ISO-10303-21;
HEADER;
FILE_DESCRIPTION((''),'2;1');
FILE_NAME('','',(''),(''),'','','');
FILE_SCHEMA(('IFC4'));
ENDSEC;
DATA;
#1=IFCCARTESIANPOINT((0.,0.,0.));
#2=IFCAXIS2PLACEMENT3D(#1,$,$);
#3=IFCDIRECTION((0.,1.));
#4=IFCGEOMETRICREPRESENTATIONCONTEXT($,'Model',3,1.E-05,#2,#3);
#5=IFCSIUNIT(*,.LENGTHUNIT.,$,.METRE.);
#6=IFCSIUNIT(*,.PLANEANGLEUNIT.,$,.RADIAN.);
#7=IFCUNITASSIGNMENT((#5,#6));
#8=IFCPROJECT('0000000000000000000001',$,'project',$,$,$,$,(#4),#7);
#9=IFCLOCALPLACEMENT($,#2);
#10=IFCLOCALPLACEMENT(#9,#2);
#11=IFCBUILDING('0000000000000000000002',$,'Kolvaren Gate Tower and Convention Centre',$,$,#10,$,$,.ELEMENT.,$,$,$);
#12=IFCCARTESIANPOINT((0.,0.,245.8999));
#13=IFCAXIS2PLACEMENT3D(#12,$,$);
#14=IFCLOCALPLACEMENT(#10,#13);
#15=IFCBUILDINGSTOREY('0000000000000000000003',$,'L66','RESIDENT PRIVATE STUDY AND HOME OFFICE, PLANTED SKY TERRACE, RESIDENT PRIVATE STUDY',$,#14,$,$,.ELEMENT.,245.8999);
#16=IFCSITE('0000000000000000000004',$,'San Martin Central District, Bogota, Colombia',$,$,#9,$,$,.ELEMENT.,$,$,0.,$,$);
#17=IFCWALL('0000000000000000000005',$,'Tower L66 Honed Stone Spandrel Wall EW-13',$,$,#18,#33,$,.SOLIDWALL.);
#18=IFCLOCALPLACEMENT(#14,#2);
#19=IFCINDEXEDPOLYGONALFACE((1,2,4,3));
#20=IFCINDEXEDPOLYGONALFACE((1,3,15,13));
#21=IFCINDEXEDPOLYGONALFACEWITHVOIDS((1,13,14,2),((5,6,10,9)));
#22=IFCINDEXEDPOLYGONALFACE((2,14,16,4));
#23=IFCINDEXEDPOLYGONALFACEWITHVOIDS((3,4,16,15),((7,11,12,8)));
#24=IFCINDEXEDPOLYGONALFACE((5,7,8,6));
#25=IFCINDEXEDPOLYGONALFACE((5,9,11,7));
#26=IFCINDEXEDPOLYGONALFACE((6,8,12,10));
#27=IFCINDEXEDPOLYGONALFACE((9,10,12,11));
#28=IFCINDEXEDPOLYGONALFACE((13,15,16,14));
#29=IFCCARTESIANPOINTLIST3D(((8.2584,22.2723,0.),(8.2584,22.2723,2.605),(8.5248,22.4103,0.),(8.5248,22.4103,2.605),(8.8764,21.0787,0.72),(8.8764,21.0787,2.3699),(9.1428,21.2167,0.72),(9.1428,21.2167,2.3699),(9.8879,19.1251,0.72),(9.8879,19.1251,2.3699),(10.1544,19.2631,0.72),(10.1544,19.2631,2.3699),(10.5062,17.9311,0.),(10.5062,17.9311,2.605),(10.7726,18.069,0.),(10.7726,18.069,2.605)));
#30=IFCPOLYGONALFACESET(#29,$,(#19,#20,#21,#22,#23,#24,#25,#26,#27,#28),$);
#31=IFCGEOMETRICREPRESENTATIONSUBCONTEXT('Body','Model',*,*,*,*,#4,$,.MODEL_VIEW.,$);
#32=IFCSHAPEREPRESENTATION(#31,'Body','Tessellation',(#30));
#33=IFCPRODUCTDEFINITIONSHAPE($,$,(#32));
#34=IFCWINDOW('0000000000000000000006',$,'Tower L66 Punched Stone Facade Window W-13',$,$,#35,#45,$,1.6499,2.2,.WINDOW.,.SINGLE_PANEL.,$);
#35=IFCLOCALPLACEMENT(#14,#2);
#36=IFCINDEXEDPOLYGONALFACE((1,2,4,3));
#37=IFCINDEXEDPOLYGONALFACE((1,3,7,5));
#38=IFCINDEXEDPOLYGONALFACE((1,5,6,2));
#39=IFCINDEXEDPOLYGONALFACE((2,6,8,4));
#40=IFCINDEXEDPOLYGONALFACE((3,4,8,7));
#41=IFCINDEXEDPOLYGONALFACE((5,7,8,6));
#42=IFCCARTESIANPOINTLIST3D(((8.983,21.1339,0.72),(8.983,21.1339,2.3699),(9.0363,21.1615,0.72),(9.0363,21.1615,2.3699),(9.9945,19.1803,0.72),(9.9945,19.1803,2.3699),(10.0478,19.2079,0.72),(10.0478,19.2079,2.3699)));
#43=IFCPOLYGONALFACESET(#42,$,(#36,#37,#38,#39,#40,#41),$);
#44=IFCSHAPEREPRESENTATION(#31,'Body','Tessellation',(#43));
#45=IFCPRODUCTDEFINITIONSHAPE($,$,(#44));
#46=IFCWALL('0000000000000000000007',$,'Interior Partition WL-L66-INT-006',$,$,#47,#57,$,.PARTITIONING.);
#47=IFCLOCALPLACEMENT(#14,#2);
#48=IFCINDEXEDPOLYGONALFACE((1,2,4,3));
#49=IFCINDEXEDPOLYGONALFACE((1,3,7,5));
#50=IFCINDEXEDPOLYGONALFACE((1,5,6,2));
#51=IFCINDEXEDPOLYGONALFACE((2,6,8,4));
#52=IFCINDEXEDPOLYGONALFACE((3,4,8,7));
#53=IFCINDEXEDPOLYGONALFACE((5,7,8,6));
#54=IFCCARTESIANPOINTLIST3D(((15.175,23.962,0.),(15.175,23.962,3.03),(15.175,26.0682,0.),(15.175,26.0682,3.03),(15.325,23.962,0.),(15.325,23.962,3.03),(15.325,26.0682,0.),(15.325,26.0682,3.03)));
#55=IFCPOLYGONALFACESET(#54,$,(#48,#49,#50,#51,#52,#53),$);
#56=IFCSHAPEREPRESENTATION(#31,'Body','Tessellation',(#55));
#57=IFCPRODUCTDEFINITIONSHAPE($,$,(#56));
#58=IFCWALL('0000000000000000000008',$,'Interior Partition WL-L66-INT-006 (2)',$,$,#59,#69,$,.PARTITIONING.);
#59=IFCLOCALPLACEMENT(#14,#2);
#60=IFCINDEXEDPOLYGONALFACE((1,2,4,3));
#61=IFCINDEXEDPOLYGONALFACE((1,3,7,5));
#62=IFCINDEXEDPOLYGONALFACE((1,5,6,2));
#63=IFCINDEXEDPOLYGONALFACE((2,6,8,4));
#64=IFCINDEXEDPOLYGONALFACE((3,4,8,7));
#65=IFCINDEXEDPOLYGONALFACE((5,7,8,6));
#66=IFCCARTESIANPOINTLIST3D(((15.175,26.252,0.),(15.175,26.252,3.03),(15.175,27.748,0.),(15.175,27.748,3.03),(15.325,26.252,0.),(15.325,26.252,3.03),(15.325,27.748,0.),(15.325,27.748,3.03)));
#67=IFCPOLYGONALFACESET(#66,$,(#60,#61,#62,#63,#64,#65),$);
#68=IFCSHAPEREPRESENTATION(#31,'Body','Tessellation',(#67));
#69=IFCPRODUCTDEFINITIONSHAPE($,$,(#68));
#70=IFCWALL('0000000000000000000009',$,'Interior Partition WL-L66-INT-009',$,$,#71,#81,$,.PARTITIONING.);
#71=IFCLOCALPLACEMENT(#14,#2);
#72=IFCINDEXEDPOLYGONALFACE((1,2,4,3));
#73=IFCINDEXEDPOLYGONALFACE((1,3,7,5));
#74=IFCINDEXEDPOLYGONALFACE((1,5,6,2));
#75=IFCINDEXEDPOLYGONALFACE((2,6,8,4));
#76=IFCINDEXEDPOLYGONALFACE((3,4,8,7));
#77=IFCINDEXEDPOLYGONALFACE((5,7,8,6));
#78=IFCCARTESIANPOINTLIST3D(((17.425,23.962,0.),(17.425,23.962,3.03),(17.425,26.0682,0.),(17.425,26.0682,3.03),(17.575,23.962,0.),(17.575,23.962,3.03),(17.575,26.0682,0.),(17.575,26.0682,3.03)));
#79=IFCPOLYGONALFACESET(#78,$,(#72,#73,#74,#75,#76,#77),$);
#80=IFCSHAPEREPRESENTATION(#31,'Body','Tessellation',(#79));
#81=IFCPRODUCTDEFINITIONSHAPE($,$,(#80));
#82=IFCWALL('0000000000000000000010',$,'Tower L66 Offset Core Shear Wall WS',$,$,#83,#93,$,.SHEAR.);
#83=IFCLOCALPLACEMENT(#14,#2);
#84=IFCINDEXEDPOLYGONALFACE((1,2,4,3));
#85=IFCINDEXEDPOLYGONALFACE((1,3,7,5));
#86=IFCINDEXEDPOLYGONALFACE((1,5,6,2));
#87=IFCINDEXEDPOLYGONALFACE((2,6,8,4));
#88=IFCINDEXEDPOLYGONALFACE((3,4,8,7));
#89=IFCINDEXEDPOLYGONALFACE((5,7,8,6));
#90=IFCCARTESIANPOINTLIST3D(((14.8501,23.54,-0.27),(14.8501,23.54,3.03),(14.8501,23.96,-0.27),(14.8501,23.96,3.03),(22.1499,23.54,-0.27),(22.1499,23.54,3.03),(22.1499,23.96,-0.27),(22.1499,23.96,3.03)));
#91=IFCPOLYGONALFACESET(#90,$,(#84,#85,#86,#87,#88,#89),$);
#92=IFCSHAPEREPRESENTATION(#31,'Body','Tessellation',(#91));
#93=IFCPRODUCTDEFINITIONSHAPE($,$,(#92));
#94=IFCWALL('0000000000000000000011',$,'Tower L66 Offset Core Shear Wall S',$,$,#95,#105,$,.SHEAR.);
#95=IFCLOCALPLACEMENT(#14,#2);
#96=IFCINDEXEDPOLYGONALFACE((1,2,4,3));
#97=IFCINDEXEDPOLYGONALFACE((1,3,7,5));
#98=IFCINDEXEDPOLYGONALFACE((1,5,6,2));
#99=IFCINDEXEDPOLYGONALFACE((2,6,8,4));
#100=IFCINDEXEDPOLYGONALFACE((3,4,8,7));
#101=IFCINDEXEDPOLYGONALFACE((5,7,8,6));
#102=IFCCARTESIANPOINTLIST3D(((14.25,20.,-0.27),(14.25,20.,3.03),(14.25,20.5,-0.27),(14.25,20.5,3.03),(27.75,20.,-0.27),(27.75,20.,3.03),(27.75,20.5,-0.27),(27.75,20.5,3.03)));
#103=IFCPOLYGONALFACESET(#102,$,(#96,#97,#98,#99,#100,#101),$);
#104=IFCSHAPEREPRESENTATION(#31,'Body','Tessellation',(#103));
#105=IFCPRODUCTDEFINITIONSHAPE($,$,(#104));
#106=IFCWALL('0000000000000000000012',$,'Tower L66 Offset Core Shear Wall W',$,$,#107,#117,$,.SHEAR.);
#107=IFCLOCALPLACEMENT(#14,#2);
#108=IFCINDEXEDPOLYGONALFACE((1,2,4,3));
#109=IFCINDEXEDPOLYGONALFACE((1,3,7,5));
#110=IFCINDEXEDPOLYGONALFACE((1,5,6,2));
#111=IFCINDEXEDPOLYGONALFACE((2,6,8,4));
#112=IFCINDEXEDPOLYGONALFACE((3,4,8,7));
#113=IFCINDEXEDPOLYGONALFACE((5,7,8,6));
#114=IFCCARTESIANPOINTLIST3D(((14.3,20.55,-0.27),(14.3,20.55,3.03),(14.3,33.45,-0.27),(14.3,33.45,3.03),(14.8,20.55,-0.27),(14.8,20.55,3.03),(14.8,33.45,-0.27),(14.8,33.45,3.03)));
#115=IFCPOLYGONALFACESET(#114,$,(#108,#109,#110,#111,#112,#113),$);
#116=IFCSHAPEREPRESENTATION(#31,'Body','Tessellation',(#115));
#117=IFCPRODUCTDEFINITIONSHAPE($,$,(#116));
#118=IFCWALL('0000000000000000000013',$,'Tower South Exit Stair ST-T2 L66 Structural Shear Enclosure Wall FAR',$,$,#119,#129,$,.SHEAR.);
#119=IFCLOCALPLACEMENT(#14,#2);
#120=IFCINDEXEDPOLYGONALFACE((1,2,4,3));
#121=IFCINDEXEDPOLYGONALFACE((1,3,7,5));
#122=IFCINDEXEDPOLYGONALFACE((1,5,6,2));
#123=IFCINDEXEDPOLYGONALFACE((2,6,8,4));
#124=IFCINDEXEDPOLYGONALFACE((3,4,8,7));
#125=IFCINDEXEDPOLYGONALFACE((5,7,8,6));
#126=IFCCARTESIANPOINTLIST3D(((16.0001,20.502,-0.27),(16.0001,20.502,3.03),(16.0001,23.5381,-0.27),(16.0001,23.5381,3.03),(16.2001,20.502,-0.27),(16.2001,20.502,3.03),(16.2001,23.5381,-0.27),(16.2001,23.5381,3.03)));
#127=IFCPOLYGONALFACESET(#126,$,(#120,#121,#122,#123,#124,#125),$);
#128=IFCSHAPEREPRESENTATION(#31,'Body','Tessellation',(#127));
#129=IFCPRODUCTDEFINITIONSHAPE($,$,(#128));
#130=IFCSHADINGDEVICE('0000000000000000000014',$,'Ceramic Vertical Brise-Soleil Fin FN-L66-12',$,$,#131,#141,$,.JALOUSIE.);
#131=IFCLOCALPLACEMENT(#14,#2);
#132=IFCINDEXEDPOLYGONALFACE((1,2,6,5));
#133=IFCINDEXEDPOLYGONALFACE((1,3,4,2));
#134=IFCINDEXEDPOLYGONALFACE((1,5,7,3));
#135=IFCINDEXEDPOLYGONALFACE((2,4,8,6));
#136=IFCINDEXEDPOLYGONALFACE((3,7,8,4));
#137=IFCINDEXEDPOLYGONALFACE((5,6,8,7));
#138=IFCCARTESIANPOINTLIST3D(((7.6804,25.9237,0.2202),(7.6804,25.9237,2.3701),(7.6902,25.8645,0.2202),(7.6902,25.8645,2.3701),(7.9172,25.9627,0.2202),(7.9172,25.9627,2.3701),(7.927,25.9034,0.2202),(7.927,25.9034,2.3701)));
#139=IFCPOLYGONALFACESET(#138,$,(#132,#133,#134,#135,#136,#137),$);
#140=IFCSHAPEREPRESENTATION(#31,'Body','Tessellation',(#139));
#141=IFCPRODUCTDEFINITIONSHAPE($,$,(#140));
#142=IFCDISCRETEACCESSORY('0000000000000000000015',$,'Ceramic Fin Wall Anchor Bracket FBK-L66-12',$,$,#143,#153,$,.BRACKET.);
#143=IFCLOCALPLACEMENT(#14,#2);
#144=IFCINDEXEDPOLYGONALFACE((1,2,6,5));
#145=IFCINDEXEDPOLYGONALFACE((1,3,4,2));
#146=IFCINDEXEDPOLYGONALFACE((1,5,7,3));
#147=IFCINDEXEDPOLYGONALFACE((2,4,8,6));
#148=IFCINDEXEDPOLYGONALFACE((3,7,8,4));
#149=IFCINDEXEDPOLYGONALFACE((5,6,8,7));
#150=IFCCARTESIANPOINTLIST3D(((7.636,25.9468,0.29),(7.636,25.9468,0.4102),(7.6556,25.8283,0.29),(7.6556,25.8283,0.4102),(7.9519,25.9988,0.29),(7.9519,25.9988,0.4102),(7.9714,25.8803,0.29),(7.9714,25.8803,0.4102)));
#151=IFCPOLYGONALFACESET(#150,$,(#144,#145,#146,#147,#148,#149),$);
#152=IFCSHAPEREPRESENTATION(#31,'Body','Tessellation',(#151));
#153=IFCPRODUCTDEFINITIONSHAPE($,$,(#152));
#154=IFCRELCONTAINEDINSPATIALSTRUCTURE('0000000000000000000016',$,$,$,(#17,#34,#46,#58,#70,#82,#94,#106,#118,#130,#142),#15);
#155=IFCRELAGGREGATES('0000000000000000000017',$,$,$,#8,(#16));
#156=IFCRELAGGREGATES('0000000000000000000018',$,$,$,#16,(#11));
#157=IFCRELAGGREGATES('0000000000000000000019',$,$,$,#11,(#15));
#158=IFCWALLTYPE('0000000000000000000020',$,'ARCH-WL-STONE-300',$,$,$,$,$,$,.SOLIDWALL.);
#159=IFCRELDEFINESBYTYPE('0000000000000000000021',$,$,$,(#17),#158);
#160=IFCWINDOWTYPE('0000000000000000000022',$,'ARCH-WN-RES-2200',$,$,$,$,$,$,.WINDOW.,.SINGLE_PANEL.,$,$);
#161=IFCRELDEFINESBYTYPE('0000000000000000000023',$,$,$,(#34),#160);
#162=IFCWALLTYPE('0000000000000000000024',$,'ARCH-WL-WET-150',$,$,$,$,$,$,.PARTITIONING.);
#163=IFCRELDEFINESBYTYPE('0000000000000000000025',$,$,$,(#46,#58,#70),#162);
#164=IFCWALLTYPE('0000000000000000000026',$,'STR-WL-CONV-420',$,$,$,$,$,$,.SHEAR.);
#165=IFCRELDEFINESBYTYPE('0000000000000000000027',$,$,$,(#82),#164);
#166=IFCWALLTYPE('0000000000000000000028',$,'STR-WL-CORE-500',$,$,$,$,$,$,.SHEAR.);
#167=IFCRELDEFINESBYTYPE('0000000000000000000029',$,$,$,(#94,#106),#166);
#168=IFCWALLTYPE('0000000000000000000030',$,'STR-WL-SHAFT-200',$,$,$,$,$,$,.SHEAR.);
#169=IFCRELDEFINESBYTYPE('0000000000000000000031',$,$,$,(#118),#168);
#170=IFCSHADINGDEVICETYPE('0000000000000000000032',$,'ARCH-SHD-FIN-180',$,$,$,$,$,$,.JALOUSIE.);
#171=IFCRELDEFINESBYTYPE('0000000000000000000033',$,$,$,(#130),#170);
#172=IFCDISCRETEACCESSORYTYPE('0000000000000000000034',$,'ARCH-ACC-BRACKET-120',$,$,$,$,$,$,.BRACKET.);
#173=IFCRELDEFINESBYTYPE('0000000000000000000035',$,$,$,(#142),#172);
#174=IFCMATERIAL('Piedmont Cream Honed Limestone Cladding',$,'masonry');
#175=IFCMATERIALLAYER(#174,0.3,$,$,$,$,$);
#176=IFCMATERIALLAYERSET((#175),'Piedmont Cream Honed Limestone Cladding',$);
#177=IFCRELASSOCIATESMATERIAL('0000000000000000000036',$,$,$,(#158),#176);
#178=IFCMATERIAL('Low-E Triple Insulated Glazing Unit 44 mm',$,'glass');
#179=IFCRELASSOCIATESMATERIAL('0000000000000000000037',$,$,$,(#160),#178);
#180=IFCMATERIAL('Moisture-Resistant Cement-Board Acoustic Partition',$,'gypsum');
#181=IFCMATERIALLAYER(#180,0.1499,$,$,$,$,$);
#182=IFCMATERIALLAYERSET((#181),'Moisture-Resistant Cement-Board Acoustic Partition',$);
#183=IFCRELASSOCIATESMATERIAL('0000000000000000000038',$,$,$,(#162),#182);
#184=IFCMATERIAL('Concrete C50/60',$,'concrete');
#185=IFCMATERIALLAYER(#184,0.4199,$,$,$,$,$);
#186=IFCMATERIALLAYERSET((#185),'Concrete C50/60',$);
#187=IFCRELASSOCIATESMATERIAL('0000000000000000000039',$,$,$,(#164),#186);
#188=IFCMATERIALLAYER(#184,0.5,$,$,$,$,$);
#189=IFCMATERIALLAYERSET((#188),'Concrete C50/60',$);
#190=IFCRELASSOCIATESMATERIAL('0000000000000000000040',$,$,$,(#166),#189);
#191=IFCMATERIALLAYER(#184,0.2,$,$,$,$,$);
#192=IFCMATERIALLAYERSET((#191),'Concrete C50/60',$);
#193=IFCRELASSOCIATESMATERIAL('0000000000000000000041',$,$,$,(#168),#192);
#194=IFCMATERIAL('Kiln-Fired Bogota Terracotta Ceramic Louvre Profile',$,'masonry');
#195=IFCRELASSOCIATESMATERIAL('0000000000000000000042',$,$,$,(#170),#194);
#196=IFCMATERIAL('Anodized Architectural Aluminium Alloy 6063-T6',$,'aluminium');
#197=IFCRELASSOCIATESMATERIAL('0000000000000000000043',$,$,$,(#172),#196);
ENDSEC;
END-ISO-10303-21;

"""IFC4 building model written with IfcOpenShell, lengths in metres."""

from ifc_helpers import new_model, si_unit, direction, frame, frame_2d, origin, origin_2d, place, context, subcontext, project, spatial, rectangle, extrude, material, layer, layer_set, type_object, element, fill, save


model = new_model("IFC4")

# Units and contexts
model_context = context("Model", 3, precision=1e-05, world=origin(), true_north=direction((0.0, 1.0)))
body_context = subcontext(model_context, "Body", "Model", "MODEL_VIEW")
ifc_project = project(units=[si_unit("LENGTHUNIT", "METRE"), si_unit("PLANEANGLEUNIT", "RADIAN")], contexts=[model_context])

# Site, building, storey
site_placement = place(None, origin())
site = spatial("IfcSite", under=ifc_project, at=site_placement, Name="San Martin Central District, Bogota, Colombia", CompositionType="ELEMENT", RefElevation=0.0)
building_placement = place(site_placement, origin())
building = spatial("IfcBuilding", under=site, at=building_placement, Name="Kolvaren Gate Tower and Convention Centre", CompositionType="ELEMENT")
storey_placement = place(building_placement, frame((0.0, 0.0, 245.8999)))
storey = spatial("IfcBuildingStorey", under=building, at=storey_placement, Name="L66", Description="RESIDENT PRIVATE STUDY AND HOME OFFICE, PLANTED SKY TERRACE, RESIDENT PRIVATE STUDY", CompositionType="ELEMENT", Elevation=245.8999)

# Shared definitions
ifc_material_1 = material(Name="Piedmont Cream Honed Limestone Cladding", Category="masonry")

# Wall, opening, window
ifc_layer_1 = layer(ifc_material_1, 0.3)
ifc_layer_set_1 = layer_set([ifc_layer_1], Name="Piedmont Cream Honed Limestone Cladding")
wall_type_1 = type_object("IfcWallType", Name="ARCH-WL-STONE-300", PredefinedType="SOLIDWALL", material=ifc_layer_set_1)
ifc_material_2 = material(Name="Low-E Triple Insulated Glazing Unit 44 mm", Category="glass")
window_type = type_object("IfcWindowType", Name="ARCH-WN-RES-2200", PartitioningType="SINGLE_PANEL", PredefinedType="WINDOW", material=ifc_material_2)
wall_1_placement = place(storey_placement, frame((8.3916, 22.3413, 0.0), z_axis=(0.0, 0.0, 1.0), x_axis=(0.459794, -0.888026, 0.0)))
wall_1 = element("IfcWall", 1, at=wall_1_placement, inside=storey, type_object=wall_type_1, Name="Tower L66 Honed Stone Spandrel Wall EW-13", PredefinedType="SOLIDWALL", context=body_context, shape_type="SweptSolid", body=[
    extrude(rectangle(XDim=4.8887, YDim=0.3, at=frame_2d((2.4443, 0.0))), origin(), (0.0, 0.0, 1.0), 2.605),
])
opening_1_placement = place(wall_1_placement, frame((1.344, 0.0, 0.72)))
opening_1 = element("IfcOpeningElement", 2, at=opening_1_placement, cuts=wall_1, PredefinedType="OPENING", context=body_context, shape_type="SweptSolid", body=[
    extrude(rectangle(XDim=2.2, YDim=1.6499, at=frame_2d((1.1001, 0.825))), frame((0.0, 0.1599, 0.0), z_axis=(0.0, -1.0, 0.0), x_axis=(1.0, 0.0, 0.0)), (0.0, 0.0, 1.0), 0.3201),
])
window_1_placement = place(opening_1_placement, origin())
window_1 = element("IfcWindow", 3, at=window_1_placement, inside=storey, type_object=window_type, Name="Tower L66 Punched Stone Facade Window W-13", OverallHeight=1.6499, OverallWidth=2.2, PartitioningType="SINGLE_PANEL", PredefinedType="WINDOW", context=body_context, shape_type="SweptSolid", body=[
    extrude(rectangle(XDim=2.2, YDim=1.6499, at=frame_2d((1.1001, 0.825))), frame((0.0, 0.03, 0.0), z_axis=(0.0, -1.0, 0.0), x_axis=(1.0, 0.0, 0.0)), (0.0, 0.0, 1.0), 0.0601),
])
fill(opening_1, window_1)

# Walls
ifc_material_3 = material(Name="Moisture-Resistant Cement-Board Acoustic Partition", Category="gypsum")
ifc_layer_2 = layer(ifc_material_3, 0.1499)
ifc_layer_set_2 = layer_set([ifc_layer_2], Name="Moisture-Resistant Cement-Board Acoustic Partition")
wall_type_2 = type_object("IfcWallType", Name="ARCH-WL-WET-150", PredefinedType="PARTITIONING", material=ifc_layer_set_2)
wall_2_placement = place(storey_placement, frame((15.25, 23.9619, 0.0), z_axis=(0.0, 0.0, 1.0), x_axis=(0.0, 1.0, 0.0)))
element("IfcWall", 4, at=wall_2_placement, inside=storey, type_object=wall_type_2, Name="Interior Partition WL-L66-INT-006", PredefinedType="PARTITIONING", context=body_context, shape_type="SweptSolid", body=[
    extrude(rectangle(XDim=2.1062, YDim=0.1499, at=frame_2d((1.0532, 0.0))), origin(), (0.0, 0.0, 1.0), 3.03),
])
wall_3_placement = place(storey_placement, frame((15.25, 26.252, 0.0), z_axis=(0.0, 0.0, 1.0), x_axis=(0.0, 1.0, 0.0)))
element("IfcWall", 5, at=wall_3_placement, inside=storey, type_object=wall_type_2, Name="Interior Partition WL-L66-INT-006 (2)", PredefinedType="PARTITIONING", context=body_context, shape_type="SweptSolid", body=[
    extrude(rectangle(XDim=1.4961, YDim=0.1499, at=frame_2d((0.748, 0.0))), origin(), (0.0, 0.0, 1.0), 3.03),
])
wall_4_placement = place(storey_placement, frame((17.5, 23.9619, 0.0), z_axis=(0.0, 0.0, 1.0), x_axis=(0.0, 1.0, 0.0)))
element("IfcWall", 6, at=wall_4_placement, inside=storey, type_object=wall_type_2, Name="Interior Partition WL-L66-INT-009", PredefinedType="PARTITIONING", context=body_context, shape_type="SweptSolid", body=[
    extrude(rectangle(XDim=2.1062, YDim=0.1499, at=frame_2d((1.0532, 0.0))), origin(), (0.0, 0.0, 1.0), 3.03),
])
ifc_material_4 = material(Name="Concrete C50/60", Category="concrete")
ifc_layer_3 = layer(ifc_material_4, 0.4199)
ifc_layer_set_3 = layer_set([ifc_layer_3], Name="Concrete C50/60")
wall_type_3 = type_object("IfcWallType", Name="STR-WL-CONV-420", PredefinedType="SHEAR", material=ifc_layer_set_3)
wall_5_placement = place(storey_placement, frame((14.8501, 23.75, -0.27), z_axis=(0.0, 0.0, 1.0), x_axis=(1.0, 0.0, 0.0)))
element("IfcWall", 7, at=wall_5_placement, inside=storey, type_object=wall_type_3, Name="Tower L66 Offset Core Shear Wall WS", PredefinedType="SHEAR", context=body_context, shape_type="SweptSolid", body=[
    extrude(rectangle(XDim=7.2998, YDim=0.4199, at=frame_2d((3.6499, 0.0))), origin(), (0.0, 0.0, 1.0), 3.3),
])
ifc_layer_4 = layer(ifc_material_4, 0.5)
ifc_layer_set_4 = layer_set([ifc_layer_4], Name="Concrete C50/60")
wall_type_4 = type_object("IfcWallType", Name="STR-WL-CORE-500", PredefinedType="SHEAR", material=ifc_layer_set_4)
wall_6_placement = place(storey_placement, frame((14.25, 20.25, -0.27), z_axis=(0.0, 0.0, 1.0), x_axis=(1.0, 0.0, 0.0)))
element("IfcWall", 8, at=wall_6_placement, inside=storey, type_object=wall_type_4, Name="Tower L66 Offset Core Shear Wall S", PredefinedType="SHEAR", context=body_context, shape_type="SweptSolid", body=[
    extrude(rectangle(XDim=13.5, YDim=0.5, at=frame_2d((6.75, 0.0))), origin(), (0.0, 0.0, 1.0), 3.3),
])
wall_7_placement = place(storey_placement, frame((14.55, 20.55, -0.27), z_axis=(0.0, 0.0, 1.0), x_axis=(0.0, 1.0, 0.0)))
element("IfcWall", 9, at=wall_7_placement, inside=storey, type_object=wall_type_4, Name="Tower L66 Offset Core Shear Wall W", PredefinedType="SHEAR", context=body_context, shape_type="SweptSolid", body=[
    extrude(rectangle(XDim=12.8999, YDim=0.5, at=frame_2d((6.45, 0.0))), origin(), (0.0, 0.0, 1.0), 3.3),
])
ifc_layer_5 = layer(ifc_material_4, 0.2)
ifc_layer_set_5 = layer_set([ifc_layer_5], Name="Concrete C50/60")
wall_type_5 = type_object("IfcWallType", Name="STR-WL-SHAFT-200", PredefinedType="SHEAR", material=ifc_layer_set_5)
wall_8_placement = place(storey_placement, frame((16.1001, 20.502, -0.27), z_axis=(0.0, 0.0, 1.0), x_axis=(0.0, 1.0, 0.0)))
element("IfcWall", 10, at=wall_8_placement, inside=storey, type_object=wall_type_5, Name="Tower South Exit Stair ST-T2 L66 Structural Shear Enclosure Wall FAR", PredefinedType="SHEAR", context=body_context, shape_type="SweptSolid", body=[
    extrude(rectangle(XDim=3.0361, YDim=0.2, at=frame_2d((1.5181, 0.0))), origin(), (0.0, 0.0, 1.0), 3.3),
])

# Shading device
ifc_material_5 = material(Name="Kiln-Fired Bogota Terracotta Ceramic Louvre Profile", Category="masonry")
shading_device_type = type_object("IfcShadingDeviceType", Name="ARCH-SHD-FIN-180", PredefinedType="JALOUSIE", material=ifc_material_5)
shading_device_placement = place(storey_placement, frame((7.8037, 25.9136, 0.2202), z_axis=(0.0, 0.0, 1.0), x_axis=(0.162389, -0.986727, 0.0)))
element("IfcShadingDevice", 11, at=shading_device_placement, inside=storey, type_object=shading_device_type, Name="Ceramic Vertical Brise-Soleil Fin FN-L66-12", PredefinedType="JALOUSIE", context=body_context, shape_type="SweptSolid", body=[
    extrude(rectangle(XDim=0.0601, YDim=0.24, at=origin_2d()), origin(), (0.0, 0.0, 1.0), 2.1499),
])

# Discrete accessory
ifc_material_6 = material(Name="Anodized Architectural Aluminium Alloy 6063-T6", Category="aluminium")
discrete_accessory_type = type_object("IfcDiscreteAccessoryType", Name="ARCH-ACC-BRACKET-120", PredefinedType="BRACKET", material=ifc_material_6)
discrete_accessory_placement = place(storey_placement, frame((7.8037, 25.9136, 0.29), z_axis=(0.0, 0.0, 1.0), x_axis=(0.162389, -0.986727, 0.0)))
element("IfcDiscreteAccessory", 12, at=discrete_accessory_placement, inside=storey, type_object=discrete_accessory_type, Name="Ceramic Fin Wall Anchor Bracket FBK-L66-12", PredefinedType="BRACKET", context=body_context, shape_type="SweptSolid", body=[
    extrude(rectangle(XDim=0.1201, YDim=0.3201, at=origin_2d()), origin(), (0.0, 0.0, 1.0), 0.1201),
])

save(model, "model.ifc")
